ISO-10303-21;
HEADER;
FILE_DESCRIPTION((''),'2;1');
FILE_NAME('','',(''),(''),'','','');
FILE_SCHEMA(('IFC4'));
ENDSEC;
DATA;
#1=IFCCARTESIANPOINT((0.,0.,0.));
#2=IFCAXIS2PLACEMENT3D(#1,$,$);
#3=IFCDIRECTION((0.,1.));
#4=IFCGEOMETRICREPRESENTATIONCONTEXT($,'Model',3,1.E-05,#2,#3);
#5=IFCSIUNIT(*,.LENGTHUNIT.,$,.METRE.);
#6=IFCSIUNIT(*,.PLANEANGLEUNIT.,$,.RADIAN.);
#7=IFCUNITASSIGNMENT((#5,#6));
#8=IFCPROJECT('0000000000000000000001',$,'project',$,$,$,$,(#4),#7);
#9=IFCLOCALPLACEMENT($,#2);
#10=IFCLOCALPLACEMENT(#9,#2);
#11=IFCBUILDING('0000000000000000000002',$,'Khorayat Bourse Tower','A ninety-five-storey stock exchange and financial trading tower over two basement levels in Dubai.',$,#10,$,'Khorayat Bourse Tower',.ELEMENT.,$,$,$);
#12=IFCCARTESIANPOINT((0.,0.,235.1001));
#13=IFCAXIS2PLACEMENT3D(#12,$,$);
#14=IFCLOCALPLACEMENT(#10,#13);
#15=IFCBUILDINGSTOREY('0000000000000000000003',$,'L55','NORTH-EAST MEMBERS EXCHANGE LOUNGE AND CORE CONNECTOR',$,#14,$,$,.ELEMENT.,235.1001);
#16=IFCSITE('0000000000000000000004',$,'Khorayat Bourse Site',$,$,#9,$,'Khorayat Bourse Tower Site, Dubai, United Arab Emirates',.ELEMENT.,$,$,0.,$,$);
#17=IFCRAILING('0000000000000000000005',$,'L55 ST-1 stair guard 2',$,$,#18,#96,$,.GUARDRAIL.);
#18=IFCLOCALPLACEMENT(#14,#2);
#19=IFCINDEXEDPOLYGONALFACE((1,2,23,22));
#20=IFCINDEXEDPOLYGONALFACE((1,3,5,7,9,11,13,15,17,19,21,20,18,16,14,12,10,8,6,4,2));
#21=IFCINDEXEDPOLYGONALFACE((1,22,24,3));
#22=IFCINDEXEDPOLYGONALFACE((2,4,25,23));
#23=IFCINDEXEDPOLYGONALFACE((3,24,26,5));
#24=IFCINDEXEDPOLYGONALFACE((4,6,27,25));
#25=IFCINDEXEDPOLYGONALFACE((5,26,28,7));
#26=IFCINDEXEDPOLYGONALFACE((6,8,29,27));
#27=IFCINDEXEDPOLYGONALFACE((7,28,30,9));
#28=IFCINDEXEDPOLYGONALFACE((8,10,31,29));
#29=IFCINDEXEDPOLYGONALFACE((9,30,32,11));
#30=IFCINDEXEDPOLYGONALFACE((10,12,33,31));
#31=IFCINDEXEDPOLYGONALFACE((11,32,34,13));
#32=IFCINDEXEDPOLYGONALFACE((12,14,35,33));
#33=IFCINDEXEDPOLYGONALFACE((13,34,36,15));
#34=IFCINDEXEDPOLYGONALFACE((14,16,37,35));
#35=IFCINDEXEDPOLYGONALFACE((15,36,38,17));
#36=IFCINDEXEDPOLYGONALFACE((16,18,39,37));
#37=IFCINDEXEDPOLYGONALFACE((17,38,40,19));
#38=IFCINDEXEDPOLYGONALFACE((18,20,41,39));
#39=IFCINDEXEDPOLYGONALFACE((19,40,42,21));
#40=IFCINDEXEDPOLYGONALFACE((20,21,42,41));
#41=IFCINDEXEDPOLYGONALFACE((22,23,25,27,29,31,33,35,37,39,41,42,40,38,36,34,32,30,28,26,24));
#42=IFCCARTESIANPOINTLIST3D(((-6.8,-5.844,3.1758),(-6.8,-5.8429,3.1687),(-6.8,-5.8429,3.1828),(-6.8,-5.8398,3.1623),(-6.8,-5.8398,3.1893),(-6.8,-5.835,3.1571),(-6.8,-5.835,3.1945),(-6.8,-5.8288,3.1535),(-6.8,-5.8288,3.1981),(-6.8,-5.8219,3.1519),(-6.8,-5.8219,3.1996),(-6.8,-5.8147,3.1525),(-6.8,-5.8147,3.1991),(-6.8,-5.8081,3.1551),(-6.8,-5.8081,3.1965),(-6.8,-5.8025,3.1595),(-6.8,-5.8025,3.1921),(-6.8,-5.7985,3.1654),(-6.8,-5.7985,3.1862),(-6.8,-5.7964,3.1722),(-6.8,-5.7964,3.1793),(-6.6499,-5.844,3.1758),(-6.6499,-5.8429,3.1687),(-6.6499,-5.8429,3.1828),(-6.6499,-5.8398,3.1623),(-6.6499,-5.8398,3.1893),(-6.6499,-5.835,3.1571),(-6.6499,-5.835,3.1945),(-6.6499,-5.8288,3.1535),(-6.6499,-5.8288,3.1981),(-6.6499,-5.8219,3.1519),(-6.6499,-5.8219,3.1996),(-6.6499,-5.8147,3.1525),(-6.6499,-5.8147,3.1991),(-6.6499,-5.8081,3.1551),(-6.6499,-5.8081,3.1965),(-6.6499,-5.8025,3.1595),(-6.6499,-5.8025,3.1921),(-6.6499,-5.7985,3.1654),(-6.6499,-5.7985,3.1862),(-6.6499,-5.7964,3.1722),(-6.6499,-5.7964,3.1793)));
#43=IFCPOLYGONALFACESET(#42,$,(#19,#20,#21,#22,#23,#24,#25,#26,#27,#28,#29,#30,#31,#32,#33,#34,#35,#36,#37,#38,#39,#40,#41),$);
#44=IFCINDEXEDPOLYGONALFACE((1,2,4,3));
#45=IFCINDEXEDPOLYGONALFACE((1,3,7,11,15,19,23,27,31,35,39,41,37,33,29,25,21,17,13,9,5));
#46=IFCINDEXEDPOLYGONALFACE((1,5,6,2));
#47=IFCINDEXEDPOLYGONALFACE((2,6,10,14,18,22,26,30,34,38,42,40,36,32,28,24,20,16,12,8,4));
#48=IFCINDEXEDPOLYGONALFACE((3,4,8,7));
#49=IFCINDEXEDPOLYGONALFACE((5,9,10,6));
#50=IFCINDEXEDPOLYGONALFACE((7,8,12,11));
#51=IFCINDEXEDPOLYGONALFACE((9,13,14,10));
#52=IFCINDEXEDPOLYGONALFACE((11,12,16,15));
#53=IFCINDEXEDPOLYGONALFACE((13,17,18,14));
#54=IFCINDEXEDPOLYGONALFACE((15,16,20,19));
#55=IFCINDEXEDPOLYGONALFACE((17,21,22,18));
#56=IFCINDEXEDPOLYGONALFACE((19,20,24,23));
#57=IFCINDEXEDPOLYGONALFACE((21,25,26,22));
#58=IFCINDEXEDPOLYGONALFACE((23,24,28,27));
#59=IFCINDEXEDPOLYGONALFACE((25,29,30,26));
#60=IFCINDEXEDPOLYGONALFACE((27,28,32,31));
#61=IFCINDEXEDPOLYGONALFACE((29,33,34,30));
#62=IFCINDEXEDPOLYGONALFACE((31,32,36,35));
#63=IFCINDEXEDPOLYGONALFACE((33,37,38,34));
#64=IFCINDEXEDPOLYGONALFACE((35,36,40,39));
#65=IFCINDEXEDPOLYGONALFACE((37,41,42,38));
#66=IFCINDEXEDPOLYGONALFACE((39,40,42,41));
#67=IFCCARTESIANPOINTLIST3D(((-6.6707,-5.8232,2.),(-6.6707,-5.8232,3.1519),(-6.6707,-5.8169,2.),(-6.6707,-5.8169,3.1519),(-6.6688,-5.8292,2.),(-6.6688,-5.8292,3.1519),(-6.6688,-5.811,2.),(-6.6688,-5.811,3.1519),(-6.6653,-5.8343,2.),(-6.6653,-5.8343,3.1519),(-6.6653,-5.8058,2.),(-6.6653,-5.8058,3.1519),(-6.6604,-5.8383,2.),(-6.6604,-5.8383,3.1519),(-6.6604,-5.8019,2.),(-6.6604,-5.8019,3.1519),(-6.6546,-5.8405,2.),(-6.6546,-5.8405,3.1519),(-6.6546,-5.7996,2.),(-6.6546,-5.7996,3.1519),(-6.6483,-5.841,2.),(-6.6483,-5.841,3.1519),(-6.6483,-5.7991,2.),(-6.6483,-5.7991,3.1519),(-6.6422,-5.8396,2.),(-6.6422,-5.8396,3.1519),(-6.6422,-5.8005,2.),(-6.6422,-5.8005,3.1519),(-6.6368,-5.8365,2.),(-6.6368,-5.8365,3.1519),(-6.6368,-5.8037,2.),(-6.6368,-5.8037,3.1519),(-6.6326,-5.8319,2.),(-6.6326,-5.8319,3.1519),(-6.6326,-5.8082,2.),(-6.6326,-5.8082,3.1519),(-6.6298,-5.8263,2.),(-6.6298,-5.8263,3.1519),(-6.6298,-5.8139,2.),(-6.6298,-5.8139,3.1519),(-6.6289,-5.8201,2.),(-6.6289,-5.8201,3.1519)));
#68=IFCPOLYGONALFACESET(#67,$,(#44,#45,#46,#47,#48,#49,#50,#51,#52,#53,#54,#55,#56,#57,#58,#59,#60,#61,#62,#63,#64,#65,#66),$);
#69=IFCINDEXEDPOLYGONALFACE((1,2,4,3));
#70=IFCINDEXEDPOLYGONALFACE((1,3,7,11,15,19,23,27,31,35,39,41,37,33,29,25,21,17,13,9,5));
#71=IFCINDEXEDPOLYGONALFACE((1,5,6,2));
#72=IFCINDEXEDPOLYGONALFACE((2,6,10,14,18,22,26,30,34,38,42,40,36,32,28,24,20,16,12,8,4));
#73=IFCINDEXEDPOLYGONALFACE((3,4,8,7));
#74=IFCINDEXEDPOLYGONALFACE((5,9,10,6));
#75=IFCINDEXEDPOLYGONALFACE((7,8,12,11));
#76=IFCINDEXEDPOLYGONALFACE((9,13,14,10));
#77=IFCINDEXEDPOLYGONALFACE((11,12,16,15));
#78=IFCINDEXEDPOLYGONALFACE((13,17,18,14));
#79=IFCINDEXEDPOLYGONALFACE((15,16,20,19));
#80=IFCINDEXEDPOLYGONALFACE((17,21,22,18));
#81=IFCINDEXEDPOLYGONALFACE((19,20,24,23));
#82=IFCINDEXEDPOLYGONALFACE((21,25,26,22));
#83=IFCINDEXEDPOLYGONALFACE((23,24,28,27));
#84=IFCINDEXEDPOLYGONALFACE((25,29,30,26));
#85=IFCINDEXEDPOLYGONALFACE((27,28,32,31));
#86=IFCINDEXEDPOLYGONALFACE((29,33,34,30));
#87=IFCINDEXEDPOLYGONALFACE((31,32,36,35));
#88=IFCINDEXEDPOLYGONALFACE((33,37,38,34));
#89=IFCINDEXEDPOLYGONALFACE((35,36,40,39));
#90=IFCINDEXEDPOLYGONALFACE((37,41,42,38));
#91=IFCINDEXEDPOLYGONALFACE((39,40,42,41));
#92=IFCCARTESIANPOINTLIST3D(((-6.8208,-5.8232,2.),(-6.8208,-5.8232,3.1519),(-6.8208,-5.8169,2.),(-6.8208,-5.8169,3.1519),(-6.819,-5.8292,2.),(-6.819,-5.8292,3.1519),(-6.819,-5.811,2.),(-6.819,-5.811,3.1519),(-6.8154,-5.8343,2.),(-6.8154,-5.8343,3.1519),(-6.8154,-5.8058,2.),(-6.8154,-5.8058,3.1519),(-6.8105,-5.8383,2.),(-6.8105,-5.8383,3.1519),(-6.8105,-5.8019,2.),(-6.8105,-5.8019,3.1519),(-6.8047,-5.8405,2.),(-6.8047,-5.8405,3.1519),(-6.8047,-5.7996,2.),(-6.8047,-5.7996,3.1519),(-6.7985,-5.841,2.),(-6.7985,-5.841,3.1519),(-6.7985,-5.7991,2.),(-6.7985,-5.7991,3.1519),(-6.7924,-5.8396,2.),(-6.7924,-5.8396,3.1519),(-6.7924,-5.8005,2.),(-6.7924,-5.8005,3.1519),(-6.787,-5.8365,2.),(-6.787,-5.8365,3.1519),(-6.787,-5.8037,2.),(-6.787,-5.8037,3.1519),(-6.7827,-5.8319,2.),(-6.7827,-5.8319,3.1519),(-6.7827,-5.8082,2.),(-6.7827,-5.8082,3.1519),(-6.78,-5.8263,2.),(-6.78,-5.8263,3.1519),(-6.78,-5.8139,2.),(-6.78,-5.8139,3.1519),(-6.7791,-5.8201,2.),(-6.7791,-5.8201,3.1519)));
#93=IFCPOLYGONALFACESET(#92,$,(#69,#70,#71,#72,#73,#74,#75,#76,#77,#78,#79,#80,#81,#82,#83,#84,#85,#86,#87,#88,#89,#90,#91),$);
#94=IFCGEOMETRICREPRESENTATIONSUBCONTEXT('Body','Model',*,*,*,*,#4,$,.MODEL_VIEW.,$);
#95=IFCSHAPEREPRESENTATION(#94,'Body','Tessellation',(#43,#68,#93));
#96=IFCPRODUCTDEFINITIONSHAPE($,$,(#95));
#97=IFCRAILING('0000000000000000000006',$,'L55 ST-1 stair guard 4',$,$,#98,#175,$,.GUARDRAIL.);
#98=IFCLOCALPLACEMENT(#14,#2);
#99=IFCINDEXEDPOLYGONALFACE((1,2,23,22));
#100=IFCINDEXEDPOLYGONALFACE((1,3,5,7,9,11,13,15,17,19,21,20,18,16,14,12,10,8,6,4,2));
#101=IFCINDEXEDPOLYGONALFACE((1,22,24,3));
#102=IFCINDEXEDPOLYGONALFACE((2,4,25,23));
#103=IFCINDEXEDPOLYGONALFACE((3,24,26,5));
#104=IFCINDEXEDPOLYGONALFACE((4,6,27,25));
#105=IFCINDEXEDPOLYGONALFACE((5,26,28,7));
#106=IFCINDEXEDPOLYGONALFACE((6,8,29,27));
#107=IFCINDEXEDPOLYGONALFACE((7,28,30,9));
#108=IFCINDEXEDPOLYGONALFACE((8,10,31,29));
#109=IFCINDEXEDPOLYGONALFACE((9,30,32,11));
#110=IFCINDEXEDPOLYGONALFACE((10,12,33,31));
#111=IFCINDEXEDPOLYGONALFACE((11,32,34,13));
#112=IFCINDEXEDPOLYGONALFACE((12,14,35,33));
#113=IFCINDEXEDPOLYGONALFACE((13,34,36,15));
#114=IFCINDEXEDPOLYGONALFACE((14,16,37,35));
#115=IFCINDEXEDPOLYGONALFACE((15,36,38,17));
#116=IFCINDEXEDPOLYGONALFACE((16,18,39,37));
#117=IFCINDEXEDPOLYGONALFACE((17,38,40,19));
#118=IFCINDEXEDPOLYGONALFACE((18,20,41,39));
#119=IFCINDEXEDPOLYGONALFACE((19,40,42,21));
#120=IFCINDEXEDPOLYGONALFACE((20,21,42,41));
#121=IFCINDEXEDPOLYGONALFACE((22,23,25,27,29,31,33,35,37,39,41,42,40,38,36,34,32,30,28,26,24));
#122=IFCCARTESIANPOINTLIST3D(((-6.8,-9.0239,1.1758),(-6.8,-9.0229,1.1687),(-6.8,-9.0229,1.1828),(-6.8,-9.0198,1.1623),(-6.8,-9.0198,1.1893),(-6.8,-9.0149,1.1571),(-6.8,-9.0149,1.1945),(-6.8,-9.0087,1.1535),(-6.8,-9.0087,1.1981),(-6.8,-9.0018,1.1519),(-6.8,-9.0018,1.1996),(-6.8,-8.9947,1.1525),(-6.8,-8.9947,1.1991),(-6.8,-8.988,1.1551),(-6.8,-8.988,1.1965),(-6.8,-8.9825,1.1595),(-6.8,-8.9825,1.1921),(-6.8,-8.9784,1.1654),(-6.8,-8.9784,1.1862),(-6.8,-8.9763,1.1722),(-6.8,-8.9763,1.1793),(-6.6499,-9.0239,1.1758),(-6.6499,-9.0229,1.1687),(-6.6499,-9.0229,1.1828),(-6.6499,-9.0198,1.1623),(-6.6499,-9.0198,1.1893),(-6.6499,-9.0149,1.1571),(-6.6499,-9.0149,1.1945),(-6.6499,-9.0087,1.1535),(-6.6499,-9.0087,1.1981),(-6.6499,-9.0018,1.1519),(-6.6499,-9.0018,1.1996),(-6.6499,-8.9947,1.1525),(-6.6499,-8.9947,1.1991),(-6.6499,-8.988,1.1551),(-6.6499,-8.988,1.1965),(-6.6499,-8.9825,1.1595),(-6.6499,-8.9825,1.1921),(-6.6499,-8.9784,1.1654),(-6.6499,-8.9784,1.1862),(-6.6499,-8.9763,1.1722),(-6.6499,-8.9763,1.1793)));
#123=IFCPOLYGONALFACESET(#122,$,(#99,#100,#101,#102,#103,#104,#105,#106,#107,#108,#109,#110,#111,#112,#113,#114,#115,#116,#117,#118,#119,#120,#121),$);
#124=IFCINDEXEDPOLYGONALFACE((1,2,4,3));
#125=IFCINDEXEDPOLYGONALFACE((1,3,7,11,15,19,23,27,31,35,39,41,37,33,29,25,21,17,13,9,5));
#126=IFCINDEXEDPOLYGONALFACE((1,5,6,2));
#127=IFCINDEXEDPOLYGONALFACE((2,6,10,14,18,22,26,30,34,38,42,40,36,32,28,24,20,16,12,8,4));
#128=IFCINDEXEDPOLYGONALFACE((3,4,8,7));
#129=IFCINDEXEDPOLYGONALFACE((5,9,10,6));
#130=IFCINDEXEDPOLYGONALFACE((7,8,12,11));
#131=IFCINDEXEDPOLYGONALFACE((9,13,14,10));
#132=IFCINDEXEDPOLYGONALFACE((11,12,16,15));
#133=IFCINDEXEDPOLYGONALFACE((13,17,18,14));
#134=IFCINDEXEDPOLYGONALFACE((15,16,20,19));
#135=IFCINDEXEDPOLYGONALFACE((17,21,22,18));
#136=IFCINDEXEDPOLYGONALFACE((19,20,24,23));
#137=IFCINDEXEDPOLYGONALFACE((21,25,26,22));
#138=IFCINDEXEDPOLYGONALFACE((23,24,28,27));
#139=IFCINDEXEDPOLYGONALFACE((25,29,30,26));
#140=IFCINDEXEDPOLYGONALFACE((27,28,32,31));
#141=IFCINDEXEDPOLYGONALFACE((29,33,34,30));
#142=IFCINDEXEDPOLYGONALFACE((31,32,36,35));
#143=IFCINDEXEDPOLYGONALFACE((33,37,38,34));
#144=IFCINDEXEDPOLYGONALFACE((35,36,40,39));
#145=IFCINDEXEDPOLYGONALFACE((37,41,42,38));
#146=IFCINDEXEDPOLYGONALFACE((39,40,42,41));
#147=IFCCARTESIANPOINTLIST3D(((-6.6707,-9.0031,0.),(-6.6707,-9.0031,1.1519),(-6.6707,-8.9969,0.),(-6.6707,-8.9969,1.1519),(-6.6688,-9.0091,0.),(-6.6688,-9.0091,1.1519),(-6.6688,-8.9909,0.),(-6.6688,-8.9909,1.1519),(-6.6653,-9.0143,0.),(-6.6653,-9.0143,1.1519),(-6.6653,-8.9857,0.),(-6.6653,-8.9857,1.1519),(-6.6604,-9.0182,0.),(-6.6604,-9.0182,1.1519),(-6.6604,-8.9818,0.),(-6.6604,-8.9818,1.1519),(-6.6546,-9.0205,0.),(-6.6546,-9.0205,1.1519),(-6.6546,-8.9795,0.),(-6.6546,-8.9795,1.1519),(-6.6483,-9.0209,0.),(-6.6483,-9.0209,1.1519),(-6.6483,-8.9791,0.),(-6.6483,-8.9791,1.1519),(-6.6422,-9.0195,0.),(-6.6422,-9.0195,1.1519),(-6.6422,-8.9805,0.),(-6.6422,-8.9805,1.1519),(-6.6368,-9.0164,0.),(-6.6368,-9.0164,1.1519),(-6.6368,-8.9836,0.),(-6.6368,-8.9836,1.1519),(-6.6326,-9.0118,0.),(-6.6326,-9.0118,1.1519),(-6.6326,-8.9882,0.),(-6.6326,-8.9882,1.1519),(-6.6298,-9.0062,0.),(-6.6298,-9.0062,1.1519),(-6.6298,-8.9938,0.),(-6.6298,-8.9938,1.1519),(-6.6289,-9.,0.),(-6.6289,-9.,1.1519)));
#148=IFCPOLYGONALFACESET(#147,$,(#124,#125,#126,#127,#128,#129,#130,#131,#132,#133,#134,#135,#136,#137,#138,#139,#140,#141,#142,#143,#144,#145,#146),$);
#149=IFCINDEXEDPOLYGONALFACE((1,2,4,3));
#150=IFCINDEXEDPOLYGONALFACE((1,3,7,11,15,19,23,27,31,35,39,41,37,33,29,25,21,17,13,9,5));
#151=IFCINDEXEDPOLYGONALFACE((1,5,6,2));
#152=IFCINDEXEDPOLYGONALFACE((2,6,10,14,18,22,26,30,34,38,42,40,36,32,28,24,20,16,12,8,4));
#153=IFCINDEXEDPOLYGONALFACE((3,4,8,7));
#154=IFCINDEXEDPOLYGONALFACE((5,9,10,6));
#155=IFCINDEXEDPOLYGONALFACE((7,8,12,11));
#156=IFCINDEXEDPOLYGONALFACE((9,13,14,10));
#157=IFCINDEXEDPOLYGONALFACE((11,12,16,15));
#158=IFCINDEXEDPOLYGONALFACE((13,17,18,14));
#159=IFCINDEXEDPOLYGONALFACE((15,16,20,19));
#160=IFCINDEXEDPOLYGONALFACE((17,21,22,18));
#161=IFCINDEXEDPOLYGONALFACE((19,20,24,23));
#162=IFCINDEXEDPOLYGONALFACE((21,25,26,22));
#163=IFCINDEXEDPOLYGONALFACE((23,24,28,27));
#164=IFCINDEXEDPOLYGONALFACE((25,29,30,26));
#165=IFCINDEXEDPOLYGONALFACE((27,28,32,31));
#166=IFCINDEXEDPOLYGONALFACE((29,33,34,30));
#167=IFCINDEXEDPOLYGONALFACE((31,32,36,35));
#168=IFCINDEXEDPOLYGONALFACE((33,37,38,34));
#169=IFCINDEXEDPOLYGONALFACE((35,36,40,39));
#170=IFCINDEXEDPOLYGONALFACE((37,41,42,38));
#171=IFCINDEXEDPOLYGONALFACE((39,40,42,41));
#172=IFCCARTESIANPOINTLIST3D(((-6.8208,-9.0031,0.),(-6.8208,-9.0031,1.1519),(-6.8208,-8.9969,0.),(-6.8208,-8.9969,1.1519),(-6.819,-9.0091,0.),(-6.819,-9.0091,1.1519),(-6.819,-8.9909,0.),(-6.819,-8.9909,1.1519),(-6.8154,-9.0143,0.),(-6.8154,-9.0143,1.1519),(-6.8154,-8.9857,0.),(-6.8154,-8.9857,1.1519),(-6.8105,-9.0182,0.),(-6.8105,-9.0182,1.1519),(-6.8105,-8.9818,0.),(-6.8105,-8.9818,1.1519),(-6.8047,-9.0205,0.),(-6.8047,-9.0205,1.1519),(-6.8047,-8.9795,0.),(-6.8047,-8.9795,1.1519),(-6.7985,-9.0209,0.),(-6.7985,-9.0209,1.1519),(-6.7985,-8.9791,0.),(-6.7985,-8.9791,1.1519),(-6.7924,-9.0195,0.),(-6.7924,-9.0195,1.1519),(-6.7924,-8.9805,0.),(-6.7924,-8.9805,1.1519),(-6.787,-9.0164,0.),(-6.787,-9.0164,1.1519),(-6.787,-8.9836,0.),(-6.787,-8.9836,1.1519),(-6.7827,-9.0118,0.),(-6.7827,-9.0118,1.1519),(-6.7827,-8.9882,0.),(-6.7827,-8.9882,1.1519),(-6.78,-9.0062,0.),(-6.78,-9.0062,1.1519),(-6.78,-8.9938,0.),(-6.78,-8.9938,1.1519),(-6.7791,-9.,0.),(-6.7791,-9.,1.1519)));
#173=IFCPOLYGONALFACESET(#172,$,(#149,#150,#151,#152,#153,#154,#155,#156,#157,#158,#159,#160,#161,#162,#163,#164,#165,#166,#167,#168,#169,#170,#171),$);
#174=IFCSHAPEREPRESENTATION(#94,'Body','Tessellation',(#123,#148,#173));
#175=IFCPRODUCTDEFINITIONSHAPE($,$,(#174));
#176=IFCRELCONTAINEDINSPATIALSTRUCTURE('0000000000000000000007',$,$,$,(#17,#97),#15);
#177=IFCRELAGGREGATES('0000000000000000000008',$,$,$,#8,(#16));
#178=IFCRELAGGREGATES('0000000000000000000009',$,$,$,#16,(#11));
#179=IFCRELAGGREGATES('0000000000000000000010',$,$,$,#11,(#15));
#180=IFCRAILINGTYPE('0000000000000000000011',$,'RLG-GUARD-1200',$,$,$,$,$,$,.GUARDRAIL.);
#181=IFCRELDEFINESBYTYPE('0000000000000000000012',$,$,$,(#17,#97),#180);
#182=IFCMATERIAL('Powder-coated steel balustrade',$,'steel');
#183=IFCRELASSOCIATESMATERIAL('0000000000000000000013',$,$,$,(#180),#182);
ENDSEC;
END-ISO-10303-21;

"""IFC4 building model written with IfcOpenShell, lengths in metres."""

from ifc_helpers import new_model, si_unit, direction, frame, origin, origin_2d, place, context, subcontext, project, spatial, circle, extrude, source, transform, mapped, material, type_object, element, save


model = new_model("IFC4")

# Units and contexts
model_context = context("Model", 3, precision=1e-05, world=origin(), true_north=direction((0.0, 1.0)))
body_context = subcontext(model_context, "Body", "Model", "MODEL_VIEW")
ifc_project = project(units=[si_unit("LENGTHUNIT", "METRE"), si_unit("PLANEANGLEUNIT", "RADIAN")], contexts=[model_context])

# Site, building, storey
site_placement = place(None, origin())
site = spatial("IfcSite", under=ifc_project, at=site_placement, Name="Khorayat Bourse Site", LongName="Khorayat Bourse Tower Site, Dubai, United Arab Emirates", CompositionType="ELEMENT", RefElevation=0.0)
building_placement = place(site_placement, origin())
building = spatial("IfcBuilding", under=site, at=building_placement, Name="Khorayat Bourse Tower", Description="A ninety-five-storey stock exchange and financial trading tower over two basement levels in Dubai.", LongName="Khorayat Bourse Tower", CompositionType="ELEMENT")
storey_placement = place(building_placement, frame((0.0, 0.0, 235.1001)))
storey = spatial("IfcBuildingStorey", under=building, at=storey_placement, Name="L55", Description="NORTH-EAST MEMBERS EXCHANGE LOUNGE AND CORE CONNECTOR", CompositionType="ELEMENT", Elevation=235.1001)

# Railings
ifc_material_1 = material(Name="Powder-coated steel balustrade", Category="steel")
railing_type_1 = type_object("IfcRailingType", Name="RLG-GUARD-1200", PredefinedType="GUARDRAIL", material=ifc_material_1)
shared_shape_1 = source(origin(), body_context, "Body", "SweptSolid", [
    extrude(circle(Radius=0.0239, at=origin_2d()), frame((0.0, 0.0, 1.1758), z_axis=(-1.0, 0.0, 0.0), x_axis=(0.0, -1.0, 0.0)), (0.0, 0.0, 1.0), 0.1501),
    extrude(circle(Radius=0.021, at=origin_2d()), origin(), (0.0, 0.0, 1.0), 1.1519),
    extrude(circle(Radius=0.021, at=origin_2d()), frame((-0.1501, 0.0, 0.0)), (0.0, 0.0, 1.0), 1.1519),
])
for number, where, name in (
    (1, (-6.6499, -5.8201, 2.0), "L55 ST-1 stair guard 2"),
    (2, (-6.6499, -9.0, 0.0), "L55 ST-1 stair guard 4"),
):
    element("IfcRailing", number, at=place(storey_placement, frame(where)), inside=storey, type_object=railing_type_1, Name=name, PredefinedType="GUARDRAIL", context=body_context, shape_type="MappedRepresentation", body=[
        mapped(shared_shape_1, transform((0.0, 0.0, 0.0), scale=1.0)),
    ])

save(model, "model.ifc")
